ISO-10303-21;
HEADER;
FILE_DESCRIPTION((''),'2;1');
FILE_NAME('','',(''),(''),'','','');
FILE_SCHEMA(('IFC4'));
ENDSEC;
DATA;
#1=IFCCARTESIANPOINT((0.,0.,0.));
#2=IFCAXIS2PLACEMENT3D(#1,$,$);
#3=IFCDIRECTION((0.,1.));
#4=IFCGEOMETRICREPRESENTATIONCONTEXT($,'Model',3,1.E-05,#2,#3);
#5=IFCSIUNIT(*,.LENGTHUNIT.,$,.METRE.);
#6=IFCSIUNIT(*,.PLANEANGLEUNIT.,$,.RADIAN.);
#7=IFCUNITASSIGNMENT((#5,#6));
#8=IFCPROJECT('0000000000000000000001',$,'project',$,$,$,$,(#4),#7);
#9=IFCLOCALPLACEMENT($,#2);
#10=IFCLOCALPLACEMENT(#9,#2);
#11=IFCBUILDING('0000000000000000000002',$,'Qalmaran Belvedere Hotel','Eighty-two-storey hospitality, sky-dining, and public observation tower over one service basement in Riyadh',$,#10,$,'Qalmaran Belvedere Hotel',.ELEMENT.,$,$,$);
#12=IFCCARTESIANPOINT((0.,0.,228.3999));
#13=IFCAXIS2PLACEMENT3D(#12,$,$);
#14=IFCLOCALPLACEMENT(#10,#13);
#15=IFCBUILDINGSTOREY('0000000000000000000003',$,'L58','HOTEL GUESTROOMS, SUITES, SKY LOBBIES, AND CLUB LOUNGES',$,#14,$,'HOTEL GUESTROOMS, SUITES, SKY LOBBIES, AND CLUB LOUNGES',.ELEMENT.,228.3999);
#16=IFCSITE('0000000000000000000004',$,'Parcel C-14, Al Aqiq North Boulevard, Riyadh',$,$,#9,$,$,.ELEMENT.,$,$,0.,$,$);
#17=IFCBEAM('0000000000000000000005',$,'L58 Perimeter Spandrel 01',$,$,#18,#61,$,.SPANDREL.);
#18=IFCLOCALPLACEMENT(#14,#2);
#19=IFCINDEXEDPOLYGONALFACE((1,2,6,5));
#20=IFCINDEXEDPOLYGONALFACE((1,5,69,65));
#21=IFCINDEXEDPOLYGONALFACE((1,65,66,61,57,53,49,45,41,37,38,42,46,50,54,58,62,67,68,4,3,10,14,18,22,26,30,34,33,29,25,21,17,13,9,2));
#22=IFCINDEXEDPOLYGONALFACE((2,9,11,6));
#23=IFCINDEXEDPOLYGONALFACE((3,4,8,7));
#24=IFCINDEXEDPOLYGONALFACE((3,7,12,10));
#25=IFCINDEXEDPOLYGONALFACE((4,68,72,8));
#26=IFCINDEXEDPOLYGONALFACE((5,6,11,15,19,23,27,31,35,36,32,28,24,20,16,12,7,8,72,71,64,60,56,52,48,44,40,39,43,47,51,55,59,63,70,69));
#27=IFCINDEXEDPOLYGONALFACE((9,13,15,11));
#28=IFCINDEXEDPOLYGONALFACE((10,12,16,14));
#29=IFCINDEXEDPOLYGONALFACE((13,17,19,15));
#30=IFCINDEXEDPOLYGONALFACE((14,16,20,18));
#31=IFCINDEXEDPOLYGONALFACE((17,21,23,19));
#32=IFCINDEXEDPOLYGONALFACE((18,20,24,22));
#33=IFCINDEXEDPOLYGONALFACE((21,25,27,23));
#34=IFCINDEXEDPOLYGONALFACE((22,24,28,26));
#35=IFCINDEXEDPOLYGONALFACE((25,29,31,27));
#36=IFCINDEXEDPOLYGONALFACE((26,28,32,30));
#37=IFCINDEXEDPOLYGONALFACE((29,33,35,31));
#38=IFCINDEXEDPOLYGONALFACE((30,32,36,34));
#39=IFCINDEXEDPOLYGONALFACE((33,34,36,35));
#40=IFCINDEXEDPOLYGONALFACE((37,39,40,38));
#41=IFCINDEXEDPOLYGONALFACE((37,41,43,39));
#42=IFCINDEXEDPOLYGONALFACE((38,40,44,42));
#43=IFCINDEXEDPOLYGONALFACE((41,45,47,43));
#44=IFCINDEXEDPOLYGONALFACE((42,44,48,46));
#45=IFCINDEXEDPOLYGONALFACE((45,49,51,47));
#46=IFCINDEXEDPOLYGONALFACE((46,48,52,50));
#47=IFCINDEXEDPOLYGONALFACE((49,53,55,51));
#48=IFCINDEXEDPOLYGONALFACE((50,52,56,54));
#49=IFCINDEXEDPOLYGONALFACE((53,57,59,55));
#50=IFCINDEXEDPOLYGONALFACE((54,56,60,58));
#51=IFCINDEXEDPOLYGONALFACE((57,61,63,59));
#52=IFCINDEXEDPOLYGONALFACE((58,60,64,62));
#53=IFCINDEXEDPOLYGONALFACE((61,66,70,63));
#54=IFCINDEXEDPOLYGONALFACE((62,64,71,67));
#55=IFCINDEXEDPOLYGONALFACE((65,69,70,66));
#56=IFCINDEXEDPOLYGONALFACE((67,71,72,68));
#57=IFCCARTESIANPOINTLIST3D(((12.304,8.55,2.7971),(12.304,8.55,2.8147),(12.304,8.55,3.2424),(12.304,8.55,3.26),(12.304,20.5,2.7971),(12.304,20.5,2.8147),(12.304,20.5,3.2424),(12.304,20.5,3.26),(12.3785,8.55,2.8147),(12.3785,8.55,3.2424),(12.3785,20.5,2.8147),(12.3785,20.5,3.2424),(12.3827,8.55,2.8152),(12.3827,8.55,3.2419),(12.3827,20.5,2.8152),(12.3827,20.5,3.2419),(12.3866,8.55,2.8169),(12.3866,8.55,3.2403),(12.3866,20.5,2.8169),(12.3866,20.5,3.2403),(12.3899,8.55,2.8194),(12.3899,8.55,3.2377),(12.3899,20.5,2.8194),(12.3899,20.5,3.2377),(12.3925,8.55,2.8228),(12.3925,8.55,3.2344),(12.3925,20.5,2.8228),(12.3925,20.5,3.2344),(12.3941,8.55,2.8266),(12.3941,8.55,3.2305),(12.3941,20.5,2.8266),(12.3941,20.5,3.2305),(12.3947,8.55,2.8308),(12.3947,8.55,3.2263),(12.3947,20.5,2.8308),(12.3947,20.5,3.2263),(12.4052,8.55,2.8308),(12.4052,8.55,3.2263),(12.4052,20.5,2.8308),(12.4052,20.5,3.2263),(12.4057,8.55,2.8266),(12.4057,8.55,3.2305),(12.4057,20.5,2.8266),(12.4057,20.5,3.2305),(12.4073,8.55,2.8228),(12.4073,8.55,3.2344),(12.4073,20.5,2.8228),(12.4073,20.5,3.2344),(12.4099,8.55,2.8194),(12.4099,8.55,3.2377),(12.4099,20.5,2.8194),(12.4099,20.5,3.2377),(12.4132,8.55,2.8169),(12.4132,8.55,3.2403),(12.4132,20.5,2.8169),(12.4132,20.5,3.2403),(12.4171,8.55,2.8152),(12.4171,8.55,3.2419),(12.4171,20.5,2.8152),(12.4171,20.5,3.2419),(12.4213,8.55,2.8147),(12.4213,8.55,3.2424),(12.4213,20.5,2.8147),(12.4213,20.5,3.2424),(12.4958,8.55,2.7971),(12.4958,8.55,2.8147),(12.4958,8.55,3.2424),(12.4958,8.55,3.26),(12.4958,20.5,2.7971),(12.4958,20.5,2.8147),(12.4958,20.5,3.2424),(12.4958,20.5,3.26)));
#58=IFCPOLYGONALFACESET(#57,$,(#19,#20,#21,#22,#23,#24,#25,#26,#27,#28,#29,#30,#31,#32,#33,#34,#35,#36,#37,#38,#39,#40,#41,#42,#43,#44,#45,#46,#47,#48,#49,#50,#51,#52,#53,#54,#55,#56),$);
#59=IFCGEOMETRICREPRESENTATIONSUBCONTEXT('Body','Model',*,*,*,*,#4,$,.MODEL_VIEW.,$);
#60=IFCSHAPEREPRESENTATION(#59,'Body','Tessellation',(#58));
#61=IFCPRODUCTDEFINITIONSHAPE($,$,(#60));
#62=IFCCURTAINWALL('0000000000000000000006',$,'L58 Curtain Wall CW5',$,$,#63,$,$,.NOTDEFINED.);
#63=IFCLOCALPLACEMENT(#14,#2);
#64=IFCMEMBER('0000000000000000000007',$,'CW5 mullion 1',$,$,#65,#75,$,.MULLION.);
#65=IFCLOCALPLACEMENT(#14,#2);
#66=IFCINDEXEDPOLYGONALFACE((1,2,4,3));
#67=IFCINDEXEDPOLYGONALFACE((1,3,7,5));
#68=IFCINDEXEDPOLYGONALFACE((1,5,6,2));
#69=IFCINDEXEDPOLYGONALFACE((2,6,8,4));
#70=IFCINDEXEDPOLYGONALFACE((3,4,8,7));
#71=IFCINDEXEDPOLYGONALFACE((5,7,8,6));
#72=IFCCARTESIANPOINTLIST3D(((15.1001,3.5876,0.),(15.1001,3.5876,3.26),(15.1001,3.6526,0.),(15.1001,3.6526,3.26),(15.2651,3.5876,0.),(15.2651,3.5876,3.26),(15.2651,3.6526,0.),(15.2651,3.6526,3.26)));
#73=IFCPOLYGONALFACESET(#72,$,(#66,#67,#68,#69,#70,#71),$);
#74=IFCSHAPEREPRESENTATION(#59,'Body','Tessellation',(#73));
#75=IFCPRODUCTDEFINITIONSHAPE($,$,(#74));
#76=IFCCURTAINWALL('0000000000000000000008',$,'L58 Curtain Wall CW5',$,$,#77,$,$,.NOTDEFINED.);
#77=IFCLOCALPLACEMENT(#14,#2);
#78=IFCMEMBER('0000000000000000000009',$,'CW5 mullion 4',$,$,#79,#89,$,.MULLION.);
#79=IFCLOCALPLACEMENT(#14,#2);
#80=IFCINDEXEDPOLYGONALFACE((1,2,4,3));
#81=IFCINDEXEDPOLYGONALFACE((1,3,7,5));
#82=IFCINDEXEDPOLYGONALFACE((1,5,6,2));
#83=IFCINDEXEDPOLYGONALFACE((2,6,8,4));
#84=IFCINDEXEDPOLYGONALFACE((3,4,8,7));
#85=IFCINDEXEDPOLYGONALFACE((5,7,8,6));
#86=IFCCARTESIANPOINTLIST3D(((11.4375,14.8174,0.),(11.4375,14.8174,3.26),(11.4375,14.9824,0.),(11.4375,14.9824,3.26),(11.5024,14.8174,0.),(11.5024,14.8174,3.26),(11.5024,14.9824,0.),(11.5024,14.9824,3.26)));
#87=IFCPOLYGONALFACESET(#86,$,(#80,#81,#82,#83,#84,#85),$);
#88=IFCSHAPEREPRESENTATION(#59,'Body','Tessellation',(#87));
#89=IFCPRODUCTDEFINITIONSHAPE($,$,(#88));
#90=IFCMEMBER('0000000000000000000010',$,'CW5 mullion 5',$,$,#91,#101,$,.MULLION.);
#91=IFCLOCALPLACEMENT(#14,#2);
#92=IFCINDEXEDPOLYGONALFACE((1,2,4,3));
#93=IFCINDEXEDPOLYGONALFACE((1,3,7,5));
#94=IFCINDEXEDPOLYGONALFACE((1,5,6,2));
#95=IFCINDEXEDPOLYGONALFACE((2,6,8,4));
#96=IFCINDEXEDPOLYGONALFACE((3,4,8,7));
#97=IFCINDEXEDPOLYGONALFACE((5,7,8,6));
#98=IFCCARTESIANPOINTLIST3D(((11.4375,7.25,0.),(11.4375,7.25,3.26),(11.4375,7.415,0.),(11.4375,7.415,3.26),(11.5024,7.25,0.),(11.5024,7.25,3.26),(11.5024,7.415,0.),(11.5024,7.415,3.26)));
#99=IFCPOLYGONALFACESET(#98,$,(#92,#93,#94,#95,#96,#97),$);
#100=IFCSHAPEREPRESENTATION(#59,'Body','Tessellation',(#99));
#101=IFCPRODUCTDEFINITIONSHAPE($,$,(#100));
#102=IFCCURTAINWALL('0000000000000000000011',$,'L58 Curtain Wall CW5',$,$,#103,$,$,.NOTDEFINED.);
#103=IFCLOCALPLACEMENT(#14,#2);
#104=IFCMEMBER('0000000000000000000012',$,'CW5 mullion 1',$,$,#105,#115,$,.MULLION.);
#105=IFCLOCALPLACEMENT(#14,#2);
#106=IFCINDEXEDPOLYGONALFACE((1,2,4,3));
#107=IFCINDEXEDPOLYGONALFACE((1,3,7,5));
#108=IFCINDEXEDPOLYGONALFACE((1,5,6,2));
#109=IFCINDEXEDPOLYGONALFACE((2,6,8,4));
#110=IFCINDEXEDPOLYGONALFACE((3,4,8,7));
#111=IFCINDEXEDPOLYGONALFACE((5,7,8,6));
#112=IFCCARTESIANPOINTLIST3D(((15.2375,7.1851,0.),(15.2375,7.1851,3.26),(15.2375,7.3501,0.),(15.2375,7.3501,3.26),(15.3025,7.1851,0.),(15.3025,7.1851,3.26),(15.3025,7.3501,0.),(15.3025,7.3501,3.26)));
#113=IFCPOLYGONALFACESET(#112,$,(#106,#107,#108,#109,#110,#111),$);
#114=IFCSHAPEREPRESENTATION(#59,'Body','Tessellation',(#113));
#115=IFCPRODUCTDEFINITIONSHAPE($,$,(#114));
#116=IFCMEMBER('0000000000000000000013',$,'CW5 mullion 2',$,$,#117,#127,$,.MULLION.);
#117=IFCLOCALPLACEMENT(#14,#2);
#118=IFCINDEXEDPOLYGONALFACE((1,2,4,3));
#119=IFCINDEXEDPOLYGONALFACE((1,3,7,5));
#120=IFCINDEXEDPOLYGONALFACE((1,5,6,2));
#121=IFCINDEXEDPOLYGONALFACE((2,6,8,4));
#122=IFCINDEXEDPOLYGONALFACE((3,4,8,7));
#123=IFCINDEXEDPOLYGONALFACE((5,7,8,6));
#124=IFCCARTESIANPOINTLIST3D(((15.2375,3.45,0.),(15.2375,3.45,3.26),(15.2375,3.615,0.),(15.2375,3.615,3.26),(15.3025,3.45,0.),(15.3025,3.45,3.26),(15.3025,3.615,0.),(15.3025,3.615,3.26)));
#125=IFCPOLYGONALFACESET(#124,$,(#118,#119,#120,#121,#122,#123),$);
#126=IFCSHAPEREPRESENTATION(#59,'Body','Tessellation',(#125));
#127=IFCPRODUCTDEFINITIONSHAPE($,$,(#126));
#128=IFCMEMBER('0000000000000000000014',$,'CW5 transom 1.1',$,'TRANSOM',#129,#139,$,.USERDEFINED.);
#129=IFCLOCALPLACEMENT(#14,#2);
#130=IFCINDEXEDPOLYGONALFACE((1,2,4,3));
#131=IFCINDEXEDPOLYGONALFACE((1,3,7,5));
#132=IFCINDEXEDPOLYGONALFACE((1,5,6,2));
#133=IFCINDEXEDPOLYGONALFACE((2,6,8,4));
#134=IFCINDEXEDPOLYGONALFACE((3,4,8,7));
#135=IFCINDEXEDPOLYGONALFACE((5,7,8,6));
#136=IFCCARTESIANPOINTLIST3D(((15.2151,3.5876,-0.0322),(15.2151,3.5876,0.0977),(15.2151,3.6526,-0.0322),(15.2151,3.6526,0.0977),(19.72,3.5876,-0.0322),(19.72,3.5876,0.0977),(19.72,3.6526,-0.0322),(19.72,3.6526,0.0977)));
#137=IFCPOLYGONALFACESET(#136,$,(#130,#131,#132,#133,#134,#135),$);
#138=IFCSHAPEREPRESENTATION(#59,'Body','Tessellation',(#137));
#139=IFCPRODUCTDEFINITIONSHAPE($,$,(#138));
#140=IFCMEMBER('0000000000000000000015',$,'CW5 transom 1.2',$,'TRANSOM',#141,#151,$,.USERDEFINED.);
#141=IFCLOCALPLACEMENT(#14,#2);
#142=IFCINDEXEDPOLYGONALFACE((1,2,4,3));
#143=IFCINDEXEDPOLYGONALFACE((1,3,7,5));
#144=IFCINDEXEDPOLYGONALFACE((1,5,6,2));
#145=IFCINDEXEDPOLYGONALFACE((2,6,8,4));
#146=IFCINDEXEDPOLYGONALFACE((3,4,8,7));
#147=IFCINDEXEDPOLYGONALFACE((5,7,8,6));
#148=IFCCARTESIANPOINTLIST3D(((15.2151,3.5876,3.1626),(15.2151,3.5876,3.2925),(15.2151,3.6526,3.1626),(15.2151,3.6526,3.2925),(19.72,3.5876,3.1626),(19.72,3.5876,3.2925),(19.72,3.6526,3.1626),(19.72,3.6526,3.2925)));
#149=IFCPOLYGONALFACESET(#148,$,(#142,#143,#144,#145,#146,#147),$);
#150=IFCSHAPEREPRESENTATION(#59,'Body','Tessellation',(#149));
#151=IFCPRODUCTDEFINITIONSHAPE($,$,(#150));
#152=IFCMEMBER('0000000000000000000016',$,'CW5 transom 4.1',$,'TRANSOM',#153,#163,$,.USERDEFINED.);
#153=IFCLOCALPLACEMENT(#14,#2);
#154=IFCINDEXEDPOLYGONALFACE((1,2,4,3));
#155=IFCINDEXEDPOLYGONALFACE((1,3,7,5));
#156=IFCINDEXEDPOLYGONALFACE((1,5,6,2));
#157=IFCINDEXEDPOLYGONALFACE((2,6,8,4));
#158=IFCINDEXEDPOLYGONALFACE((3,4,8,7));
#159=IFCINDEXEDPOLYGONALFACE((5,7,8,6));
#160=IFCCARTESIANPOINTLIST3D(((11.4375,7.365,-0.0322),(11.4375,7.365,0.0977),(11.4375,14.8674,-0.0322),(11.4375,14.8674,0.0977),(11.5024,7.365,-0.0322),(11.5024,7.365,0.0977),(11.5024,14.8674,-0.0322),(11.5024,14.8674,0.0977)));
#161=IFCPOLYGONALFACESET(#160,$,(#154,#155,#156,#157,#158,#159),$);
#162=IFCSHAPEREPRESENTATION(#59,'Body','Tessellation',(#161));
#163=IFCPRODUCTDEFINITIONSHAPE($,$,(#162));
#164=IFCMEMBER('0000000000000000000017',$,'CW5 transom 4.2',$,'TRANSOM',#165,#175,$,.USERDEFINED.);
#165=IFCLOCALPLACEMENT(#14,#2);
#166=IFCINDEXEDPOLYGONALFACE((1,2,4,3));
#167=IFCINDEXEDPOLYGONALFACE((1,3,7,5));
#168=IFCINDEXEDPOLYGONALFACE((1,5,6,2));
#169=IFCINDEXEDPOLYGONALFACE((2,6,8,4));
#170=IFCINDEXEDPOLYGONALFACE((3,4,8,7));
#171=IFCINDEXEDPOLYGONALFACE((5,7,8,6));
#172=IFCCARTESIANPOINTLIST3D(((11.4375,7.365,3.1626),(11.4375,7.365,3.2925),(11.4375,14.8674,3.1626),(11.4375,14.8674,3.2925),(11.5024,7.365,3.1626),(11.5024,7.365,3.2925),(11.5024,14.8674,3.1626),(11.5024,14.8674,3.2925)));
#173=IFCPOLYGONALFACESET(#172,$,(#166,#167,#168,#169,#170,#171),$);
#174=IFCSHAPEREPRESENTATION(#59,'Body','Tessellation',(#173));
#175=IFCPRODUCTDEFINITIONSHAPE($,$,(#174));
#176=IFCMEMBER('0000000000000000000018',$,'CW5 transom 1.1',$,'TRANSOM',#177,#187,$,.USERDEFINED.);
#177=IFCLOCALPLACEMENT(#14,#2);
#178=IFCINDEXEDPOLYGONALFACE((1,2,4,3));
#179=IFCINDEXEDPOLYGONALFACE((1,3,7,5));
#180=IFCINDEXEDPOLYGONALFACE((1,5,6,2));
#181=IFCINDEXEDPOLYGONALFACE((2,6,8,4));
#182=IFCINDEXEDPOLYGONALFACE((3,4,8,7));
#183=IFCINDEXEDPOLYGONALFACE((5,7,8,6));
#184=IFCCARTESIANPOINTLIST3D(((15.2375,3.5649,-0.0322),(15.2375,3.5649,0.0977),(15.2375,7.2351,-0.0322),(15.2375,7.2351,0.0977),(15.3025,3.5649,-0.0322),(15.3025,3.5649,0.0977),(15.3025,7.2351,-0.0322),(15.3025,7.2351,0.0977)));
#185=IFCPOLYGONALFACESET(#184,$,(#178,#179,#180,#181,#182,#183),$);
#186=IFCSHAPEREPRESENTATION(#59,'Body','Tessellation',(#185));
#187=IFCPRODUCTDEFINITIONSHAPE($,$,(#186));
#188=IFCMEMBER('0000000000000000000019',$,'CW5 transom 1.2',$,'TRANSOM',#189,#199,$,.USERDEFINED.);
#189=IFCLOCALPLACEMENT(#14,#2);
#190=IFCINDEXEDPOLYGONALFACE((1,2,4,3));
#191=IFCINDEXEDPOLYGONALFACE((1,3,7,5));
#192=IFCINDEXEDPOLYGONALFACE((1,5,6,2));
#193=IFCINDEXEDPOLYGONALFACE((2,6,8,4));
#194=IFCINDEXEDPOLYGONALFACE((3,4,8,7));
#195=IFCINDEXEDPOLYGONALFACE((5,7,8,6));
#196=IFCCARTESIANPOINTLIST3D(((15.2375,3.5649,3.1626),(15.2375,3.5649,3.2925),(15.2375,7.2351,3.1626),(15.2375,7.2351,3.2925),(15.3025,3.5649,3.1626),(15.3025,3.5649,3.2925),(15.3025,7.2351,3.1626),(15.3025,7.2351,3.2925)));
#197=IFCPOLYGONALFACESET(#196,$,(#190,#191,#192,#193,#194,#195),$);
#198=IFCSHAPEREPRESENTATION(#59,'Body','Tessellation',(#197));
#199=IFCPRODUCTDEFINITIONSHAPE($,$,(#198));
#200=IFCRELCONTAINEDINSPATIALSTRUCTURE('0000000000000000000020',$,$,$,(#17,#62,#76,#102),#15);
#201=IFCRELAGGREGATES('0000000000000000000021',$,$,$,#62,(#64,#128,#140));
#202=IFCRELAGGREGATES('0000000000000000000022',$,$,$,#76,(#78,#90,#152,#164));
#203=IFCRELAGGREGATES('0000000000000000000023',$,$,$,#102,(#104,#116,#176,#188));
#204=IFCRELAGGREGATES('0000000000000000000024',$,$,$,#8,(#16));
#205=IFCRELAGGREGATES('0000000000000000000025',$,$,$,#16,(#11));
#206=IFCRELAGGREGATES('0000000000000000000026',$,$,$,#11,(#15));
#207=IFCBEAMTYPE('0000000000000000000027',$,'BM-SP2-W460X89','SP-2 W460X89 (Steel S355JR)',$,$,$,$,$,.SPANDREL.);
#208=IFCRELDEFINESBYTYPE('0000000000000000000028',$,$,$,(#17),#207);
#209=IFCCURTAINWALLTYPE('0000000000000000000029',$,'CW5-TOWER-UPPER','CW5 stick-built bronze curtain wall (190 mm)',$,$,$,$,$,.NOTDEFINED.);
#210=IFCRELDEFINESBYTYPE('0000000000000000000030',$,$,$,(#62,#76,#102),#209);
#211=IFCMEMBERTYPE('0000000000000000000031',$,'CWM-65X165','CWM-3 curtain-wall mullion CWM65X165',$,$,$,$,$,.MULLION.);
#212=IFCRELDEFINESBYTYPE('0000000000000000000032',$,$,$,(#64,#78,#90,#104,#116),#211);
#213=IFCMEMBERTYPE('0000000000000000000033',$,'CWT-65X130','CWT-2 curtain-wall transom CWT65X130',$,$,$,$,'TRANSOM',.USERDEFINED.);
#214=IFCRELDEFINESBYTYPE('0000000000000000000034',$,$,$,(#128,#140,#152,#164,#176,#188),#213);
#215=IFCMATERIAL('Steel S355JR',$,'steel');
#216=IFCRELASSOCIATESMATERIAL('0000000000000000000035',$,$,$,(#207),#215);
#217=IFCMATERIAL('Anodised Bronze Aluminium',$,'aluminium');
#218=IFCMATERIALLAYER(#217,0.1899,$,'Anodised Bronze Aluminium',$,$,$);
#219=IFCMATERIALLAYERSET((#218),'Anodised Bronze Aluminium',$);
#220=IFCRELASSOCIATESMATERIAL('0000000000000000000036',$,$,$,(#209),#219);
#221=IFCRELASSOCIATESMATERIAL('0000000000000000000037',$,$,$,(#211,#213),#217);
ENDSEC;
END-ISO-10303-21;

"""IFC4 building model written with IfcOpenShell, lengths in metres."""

from ifc_helpers import new_model, si_unit, direction, frame, origin, origin_2d, place, context, subcontext, project, spatial, rectangle, i_section, extrude, material, layer, layer_set, material_profile, profile_set, type_object, element, aggregate, save


model = new_model("IFC4")

# Units and contexts
model_context = context("Model", 3, precision=1e-05, world=origin(), true_north=direction((0.0, 1.0)))
body_context = subcontext(model_context, "Body", "Model", "MODEL_VIEW")
ifc_project = project(units=[si_unit("LENGTHUNIT", "METRE"), si_unit("PLANEANGLEUNIT", "RADIAN")], contexts=[model_context])

# Site, building, storey
site_placement = place(None, origin())
site = spatial("IfcSite", under=ifc_project, at=site_placement, Name="Parcel C-14, Al Aqiq North Boulevard, Riyadh", CompositionType="ELEMENT", RefElevation=0.0)
building_placement = place(site_placement, origin())
building = spatial("IfcBuilding", under=site, at=building_placement, Name="Qalmaran Belvedere Hotel", Description="Eighty-two-storey hospitality, sky-dining, and public observation tower over one service basement in Riyadh", LongName="Qalmaran Belvedere Hotel", CompositionType="ELEMENT")
storey_placement = place(building_placement, frame((0.0, 0.0, 228.3999)))
storey = spatial("IfcBuildingStorey", under=building, at=storey_placement, Name="L58", Description="HOTEL GUESTROOMS, SUITES, SKY LOBBIES, AND CLUB LOUNGES", LongName="HOTEL GUESTROOMS, SUITES, SKY LOBBIES, AND CLUB LOUNGES", CompositionType="ELEMENT", Elevation=228.3999)

# Beam
ifc_material_1 = material(Name="Steel S355JR", Category="steel")
ifc_material_profile_1 = material_profile(ifc_material_1, i_section(OverallWidth=0.1919, OverallDepth=0.4629, WebThickness=0.0105, FlangeThickness=0.0176, FilletRadius=0.0161, at=origin_2d()), Name="W460X89")
ifc_profile_set_1 = profile_set([ifc_material_profile_1], Name="Steel S355JR")
beam_type_1 = type_object("IfcBeamType", Name="BM-SP2-W460X89", Description="SP-2 W460X89 (Steel S355JR)", PredefinedType="SPANDREL", material=ifc_profile_set_1)
beam_1_placement = place(storey_placement, frame((12.3999, 8.55, 3.0286), z_axis=(0.0, 1.0, 0.0), x_axis=(-1.0, 0.0, 0.0)))
element("IfcBeam", 1, at=beam_1_placement, inside=storey, type_object=beam_type_1, Name="L58 Perimeter Spandrel 01", PredefinedType="SPANDREL", context=body_context, shape_type="SweptSolid", body=[
    extrude(i_section(OverallWidth=0.1919, OverallDepth=0.4629, WebThickness=0.0105, FlangeThickness=0.0176, FilletRadius=0.0161, at=origin_2d()), origin(), (0.0, 0.0, 1.0), 11.95),
])

# Curtain wall, member
ifc_material_2 = material(Name="Anodised Bronze Aluminium", Category="aluminium")
ifc_layer_1 = layer(ifc_material_2, 0.1899, Name="Anodised Bronze Aluminium")
ifc_layer_set_1 = layer_set([ifc_layer_1], Name="Anodised Bronze Aluminium")
curtain_wall_type = type_object("IfcCurtainWallType", Name="CW5-TOWER-UPPER", Description="CW5 stick-built bronze curtain wall (190 mm)", PredefinedType="NOTDEFINED", material=ifc_layer_set_1)
curtain_wall_1_placement = place(storey_placement, origin())
curtain_wall_1 = element("IfcCurtainWall", 2, at=curtain_wall_1_placement, inside=storey, type_object=curtain_wall_type, Name="L58 Curtain Wall CW5", PredefinedType="NOTDEFINED")
ifc_material_profile_2 = material_profile(ifc_material_2, rectangle(XDim=0.0649, YDim=0.165, at=origin_2d()), Name="CWM65X165")
ifc_profile_set_2 = profile_set([ifc_material_profile_2], Name="Anodised Bronze Aluminium")
member_type_1 = type_object("IfcMemberType", Name="CWM-65X165", Description="CWM-3 curtain-wall mullion CWM65X165", PredefinedType="MULLION", material=ifc_profile_set_2)
member_1_placement = place(storey_placement, frame((15.1826, 3.6201, 0.0), z_axis=(0.0, 0.0, 1.0), x_axis=(0.0, 1.0, 0.0)))
member_1 = element("IfcMember", 3, at=member_1_placement, type_object=member_type_1, Name="CW5 mullion 1", PredefinedType="MULLION", context=body_context, shape_type="SweptSolid", body=[
    extrude(rectangle(XDim=0.0649, YDim=0.165, at=origin_2d()), origin(), (0.0, 0.0, 1.0), 3.26),
])

# Curtain walls, members
curtain_wall_2_placement = place(storey_placement, origin())
curtain_wall_2 = element("IfcCurtainWall", 4, at=curtain_wall_2_placement, inside=storey, type_object=curtain_wall_type, Name="L58 Curtain Wall CW5", PredefinedType="NOTDEFINED")
member_2_placement = place(storey_placement, frame((11.47, 14.8999, 0.0), z_axis=(0.0, 0.0, 1.0), x_axis=(1.0, 0.0, 0.0)))
member_2 = element("IfcMember", 5, at=member_2_placement, type_object=member_type_1, Name="CW5 mullion 4", PredefinedType="MULLION", context=body_context, shape_type="SweptSolid", body=[
    extrude(rectangle(XDim=0.0649, YDim=0.165, at=origin_2d()), origin(), (0.0, 0.0, 1.0), 3.26),
])
member_3_placement = place(storey_placement, frame((11.47, 7.3325, 0.0), z_axis=(0.0, 0.0, 1.0), x_axis=(1.0, 0.0, 0.0)))
member_3 = element("IfcMember", 6, at=member_3_placement, type_object=member_type_1, Name="CW5 mullion 5", PredefinedType="MULLION", context=body_context, shape_type="SweptSolid", body=[
    extrude(rectangle(XDim=0.0649, YDim=0.165, at=origin_2d()), origin(), (0.0, 0.0, 1.0), 3.26),
])
curtain_wall_3_placement = place(storey_placement, origin())
curtain_wall_3 = element("IfcCurtainWall", 7, at=curtain_wall_3_placement, inside=storey, type_object=curtain_wall_type, Name="L58 Curtain Wall CW5", PredefinedType="NOTDEFINED")
member_4_placement = place(storey_placement, frame((15.27, 7.2676, 0.0), z_axis=(0.0, 0.0, 1.0), x_axis=(1.0, 0.0, 0.0)))
member_4 = element("IfcMember", 8, at=member_4_placement, type_object=member_type_1, Name="CW5 mullion 1", PredefinedType="MULLION", context=body_context, shape_type="SweptSolid", body=[
    extrude(rectangle(XDim=0.0649, YDim=0.165, at=origin_2d()), origin(), (0.0, 0.0, 1.0), 3.26),
])
member_5_placement = place(storey_placement, frame((15.27, 3.5325, 0.0), z_axis=(0.0, 0.0, 1.0), x_axis=(1.0, 0.0, 0.0)))
member_5 = element("IfcMember", 9, at=member_5_placement, type_object=member_type_1, Name="CW5 mullion 2", PredefinedType="MULLION", context=body_context, shape_type="SweptSolid", body=[
    extrude(rectangle(XDim=0.0649, YDim=0.165, at=origin_2d()), origin(), (0.0, 0.0, 1.0), 3.26),
])

# Members
ifc_material_profile_3 = material_profile(ifc_material_2, rectangle(XDim=0.0649, YDim=0.1299, at=origin_2d()), Name="CWT65X130")
ifc_profile_set_3 = profile_set([ifc_material_profile_3], Name="Anodised Bronze Aluminium")
member_type_2 = type_object("IfcMemberType", Name="CWT-65X130", Description="CWT-2 curtain-wall transom CWT65X130", ElementType="TRANSOM", PredefinedType="USERDEFINED", material=ifc_profile_set_3)
member_6_placement = place(storey_placement, frame((15.2151, 3.6201, 0.0327), z_axis=(1.0, 0.0, 0.0), x_axis=(0.0, 1.0, 0.0)))
member_6 = element("IfcMember", 10, at=member_6_placement, type_object=member_type_2, Name="CW5 transom 1.1", ObjectType="TRANSOM", PredefinedType="USERDEFINED", context=body_context, shape_type="SweptSolid", body=[
    extrude(rectangle(XDim=0.0649, YDim=0.1299, at=origin_2d()), origin(), (0.0, 0.0, 1.0), 4.5049),
])
member_7_placement = place(storey_placement, frame((15.2151, 3.6201, 3.2275), z_axis=(1.0, 0.0, 0.0), x_axis=(0.0, 1.0, 0.0)))
member_7 = element("IfcMember", 11, at=member_7_placement, type_object=member_type_2, Name="CW5 transom 1.2", ObjectType="TRANSOM", PredefinedType="USERDEFINED", context=body_context, shape_type="SweptSolid", body=[
    extrude(rectangle(XDim=0.0649, YDim=0.1299, at=origin_2d()), origin(), (0.0, 0.0, 1.0), 4.5049),
])
aggregate(curtain_wall_1, [member_1, member_6, member_7])
member_8_placement = place(storey_placement, frame((11.47, 14.8674, 0.0327), z_axis=(0.0, -1.0, 0.0), x_axis=(1.0, 0.0, 0.0)))
member_8 = element("IfcMember", 12, at=member_8_placement, type_object=member_type_2, Name="CW5 transom 4.1", ObjectType="TRANSOM", PredefinedType="USERDEFINED", context=body_context, shape_type="SweptSolid", body=[
    extrude(rectangle(XDim=0.0649, YDim=0.1299, at=origin_2d()), origin(), (0.0, 0.0, 1.0), 7.5024),
])
member_9_placement = place(storey_placement, frame((11.47, 14.8674, 3.2275), z_axis=(0.0, -1.0, 0.0), x_axis=(1.0, 0.0, 0.0)))
member_9 = element("IfcMember", 13, at=member_9_placement, type_object=member_type_2, Name="CW5 transom 4.2", ObjectType="TRANSOM", PredefinedType="USERDEFINED", context=body_context, shape_type="SweptSolid", body=[
    extrude(rectangle(XDim=0.0649, YDim=0.1299, at=origin_2d()), origin(), (0.0, 0.0, 1.0), 7.5024),
])
member_10_placement = place(storey_placement, frame((15.27, 7.2351, 0.0327), z_axis=(0.0, -1.0, 0.0), x_axis=(1.0, 0.0, 0.0)))
member_10 = element("IfcMember", 14, at=member_10_placement, type_object=member_type_2, Name="CW5 transom 1.1", ObjectType="TRANSOM", PredefinedType="USERDEFINED", context=body_context, shape_type="SweptSolid", body=[
    extrude(rectangle(XDim=0.0649, YDim=0.1299, at=origin_2d()), origin(), (0.0, 0.0, 1.0), 3.6702),
])
member_11_placement = place(storey_placement, frame((15.27, 7.2351, 3.2275), z_axis=(0.0, -1.0, 0.0), x_axis=(1.0, 0.0, 0.0)))
member_11 = element("IfcMember", 15, at=member_11_placement, type_object=member_type_2, Name="CW5 transom 1.2", ObjectType="TRANSOM", PredefinedType="USERDEFINED", context=body_context, shape_type="SweptSolid", body=[
    extrude(rectangle(XDim=0.0649, YDim=0.1299, at=origin_2d()), origin(), (0.0, 0.0, 1.0), 3.6702),
])

aggregate(curtain_wall_2, [member_2, member_3, member_8, member_9])
aggregate(curtain_wall_3, [member_4, member_5, member_10, member_11])

save(model, "model.ifc")
